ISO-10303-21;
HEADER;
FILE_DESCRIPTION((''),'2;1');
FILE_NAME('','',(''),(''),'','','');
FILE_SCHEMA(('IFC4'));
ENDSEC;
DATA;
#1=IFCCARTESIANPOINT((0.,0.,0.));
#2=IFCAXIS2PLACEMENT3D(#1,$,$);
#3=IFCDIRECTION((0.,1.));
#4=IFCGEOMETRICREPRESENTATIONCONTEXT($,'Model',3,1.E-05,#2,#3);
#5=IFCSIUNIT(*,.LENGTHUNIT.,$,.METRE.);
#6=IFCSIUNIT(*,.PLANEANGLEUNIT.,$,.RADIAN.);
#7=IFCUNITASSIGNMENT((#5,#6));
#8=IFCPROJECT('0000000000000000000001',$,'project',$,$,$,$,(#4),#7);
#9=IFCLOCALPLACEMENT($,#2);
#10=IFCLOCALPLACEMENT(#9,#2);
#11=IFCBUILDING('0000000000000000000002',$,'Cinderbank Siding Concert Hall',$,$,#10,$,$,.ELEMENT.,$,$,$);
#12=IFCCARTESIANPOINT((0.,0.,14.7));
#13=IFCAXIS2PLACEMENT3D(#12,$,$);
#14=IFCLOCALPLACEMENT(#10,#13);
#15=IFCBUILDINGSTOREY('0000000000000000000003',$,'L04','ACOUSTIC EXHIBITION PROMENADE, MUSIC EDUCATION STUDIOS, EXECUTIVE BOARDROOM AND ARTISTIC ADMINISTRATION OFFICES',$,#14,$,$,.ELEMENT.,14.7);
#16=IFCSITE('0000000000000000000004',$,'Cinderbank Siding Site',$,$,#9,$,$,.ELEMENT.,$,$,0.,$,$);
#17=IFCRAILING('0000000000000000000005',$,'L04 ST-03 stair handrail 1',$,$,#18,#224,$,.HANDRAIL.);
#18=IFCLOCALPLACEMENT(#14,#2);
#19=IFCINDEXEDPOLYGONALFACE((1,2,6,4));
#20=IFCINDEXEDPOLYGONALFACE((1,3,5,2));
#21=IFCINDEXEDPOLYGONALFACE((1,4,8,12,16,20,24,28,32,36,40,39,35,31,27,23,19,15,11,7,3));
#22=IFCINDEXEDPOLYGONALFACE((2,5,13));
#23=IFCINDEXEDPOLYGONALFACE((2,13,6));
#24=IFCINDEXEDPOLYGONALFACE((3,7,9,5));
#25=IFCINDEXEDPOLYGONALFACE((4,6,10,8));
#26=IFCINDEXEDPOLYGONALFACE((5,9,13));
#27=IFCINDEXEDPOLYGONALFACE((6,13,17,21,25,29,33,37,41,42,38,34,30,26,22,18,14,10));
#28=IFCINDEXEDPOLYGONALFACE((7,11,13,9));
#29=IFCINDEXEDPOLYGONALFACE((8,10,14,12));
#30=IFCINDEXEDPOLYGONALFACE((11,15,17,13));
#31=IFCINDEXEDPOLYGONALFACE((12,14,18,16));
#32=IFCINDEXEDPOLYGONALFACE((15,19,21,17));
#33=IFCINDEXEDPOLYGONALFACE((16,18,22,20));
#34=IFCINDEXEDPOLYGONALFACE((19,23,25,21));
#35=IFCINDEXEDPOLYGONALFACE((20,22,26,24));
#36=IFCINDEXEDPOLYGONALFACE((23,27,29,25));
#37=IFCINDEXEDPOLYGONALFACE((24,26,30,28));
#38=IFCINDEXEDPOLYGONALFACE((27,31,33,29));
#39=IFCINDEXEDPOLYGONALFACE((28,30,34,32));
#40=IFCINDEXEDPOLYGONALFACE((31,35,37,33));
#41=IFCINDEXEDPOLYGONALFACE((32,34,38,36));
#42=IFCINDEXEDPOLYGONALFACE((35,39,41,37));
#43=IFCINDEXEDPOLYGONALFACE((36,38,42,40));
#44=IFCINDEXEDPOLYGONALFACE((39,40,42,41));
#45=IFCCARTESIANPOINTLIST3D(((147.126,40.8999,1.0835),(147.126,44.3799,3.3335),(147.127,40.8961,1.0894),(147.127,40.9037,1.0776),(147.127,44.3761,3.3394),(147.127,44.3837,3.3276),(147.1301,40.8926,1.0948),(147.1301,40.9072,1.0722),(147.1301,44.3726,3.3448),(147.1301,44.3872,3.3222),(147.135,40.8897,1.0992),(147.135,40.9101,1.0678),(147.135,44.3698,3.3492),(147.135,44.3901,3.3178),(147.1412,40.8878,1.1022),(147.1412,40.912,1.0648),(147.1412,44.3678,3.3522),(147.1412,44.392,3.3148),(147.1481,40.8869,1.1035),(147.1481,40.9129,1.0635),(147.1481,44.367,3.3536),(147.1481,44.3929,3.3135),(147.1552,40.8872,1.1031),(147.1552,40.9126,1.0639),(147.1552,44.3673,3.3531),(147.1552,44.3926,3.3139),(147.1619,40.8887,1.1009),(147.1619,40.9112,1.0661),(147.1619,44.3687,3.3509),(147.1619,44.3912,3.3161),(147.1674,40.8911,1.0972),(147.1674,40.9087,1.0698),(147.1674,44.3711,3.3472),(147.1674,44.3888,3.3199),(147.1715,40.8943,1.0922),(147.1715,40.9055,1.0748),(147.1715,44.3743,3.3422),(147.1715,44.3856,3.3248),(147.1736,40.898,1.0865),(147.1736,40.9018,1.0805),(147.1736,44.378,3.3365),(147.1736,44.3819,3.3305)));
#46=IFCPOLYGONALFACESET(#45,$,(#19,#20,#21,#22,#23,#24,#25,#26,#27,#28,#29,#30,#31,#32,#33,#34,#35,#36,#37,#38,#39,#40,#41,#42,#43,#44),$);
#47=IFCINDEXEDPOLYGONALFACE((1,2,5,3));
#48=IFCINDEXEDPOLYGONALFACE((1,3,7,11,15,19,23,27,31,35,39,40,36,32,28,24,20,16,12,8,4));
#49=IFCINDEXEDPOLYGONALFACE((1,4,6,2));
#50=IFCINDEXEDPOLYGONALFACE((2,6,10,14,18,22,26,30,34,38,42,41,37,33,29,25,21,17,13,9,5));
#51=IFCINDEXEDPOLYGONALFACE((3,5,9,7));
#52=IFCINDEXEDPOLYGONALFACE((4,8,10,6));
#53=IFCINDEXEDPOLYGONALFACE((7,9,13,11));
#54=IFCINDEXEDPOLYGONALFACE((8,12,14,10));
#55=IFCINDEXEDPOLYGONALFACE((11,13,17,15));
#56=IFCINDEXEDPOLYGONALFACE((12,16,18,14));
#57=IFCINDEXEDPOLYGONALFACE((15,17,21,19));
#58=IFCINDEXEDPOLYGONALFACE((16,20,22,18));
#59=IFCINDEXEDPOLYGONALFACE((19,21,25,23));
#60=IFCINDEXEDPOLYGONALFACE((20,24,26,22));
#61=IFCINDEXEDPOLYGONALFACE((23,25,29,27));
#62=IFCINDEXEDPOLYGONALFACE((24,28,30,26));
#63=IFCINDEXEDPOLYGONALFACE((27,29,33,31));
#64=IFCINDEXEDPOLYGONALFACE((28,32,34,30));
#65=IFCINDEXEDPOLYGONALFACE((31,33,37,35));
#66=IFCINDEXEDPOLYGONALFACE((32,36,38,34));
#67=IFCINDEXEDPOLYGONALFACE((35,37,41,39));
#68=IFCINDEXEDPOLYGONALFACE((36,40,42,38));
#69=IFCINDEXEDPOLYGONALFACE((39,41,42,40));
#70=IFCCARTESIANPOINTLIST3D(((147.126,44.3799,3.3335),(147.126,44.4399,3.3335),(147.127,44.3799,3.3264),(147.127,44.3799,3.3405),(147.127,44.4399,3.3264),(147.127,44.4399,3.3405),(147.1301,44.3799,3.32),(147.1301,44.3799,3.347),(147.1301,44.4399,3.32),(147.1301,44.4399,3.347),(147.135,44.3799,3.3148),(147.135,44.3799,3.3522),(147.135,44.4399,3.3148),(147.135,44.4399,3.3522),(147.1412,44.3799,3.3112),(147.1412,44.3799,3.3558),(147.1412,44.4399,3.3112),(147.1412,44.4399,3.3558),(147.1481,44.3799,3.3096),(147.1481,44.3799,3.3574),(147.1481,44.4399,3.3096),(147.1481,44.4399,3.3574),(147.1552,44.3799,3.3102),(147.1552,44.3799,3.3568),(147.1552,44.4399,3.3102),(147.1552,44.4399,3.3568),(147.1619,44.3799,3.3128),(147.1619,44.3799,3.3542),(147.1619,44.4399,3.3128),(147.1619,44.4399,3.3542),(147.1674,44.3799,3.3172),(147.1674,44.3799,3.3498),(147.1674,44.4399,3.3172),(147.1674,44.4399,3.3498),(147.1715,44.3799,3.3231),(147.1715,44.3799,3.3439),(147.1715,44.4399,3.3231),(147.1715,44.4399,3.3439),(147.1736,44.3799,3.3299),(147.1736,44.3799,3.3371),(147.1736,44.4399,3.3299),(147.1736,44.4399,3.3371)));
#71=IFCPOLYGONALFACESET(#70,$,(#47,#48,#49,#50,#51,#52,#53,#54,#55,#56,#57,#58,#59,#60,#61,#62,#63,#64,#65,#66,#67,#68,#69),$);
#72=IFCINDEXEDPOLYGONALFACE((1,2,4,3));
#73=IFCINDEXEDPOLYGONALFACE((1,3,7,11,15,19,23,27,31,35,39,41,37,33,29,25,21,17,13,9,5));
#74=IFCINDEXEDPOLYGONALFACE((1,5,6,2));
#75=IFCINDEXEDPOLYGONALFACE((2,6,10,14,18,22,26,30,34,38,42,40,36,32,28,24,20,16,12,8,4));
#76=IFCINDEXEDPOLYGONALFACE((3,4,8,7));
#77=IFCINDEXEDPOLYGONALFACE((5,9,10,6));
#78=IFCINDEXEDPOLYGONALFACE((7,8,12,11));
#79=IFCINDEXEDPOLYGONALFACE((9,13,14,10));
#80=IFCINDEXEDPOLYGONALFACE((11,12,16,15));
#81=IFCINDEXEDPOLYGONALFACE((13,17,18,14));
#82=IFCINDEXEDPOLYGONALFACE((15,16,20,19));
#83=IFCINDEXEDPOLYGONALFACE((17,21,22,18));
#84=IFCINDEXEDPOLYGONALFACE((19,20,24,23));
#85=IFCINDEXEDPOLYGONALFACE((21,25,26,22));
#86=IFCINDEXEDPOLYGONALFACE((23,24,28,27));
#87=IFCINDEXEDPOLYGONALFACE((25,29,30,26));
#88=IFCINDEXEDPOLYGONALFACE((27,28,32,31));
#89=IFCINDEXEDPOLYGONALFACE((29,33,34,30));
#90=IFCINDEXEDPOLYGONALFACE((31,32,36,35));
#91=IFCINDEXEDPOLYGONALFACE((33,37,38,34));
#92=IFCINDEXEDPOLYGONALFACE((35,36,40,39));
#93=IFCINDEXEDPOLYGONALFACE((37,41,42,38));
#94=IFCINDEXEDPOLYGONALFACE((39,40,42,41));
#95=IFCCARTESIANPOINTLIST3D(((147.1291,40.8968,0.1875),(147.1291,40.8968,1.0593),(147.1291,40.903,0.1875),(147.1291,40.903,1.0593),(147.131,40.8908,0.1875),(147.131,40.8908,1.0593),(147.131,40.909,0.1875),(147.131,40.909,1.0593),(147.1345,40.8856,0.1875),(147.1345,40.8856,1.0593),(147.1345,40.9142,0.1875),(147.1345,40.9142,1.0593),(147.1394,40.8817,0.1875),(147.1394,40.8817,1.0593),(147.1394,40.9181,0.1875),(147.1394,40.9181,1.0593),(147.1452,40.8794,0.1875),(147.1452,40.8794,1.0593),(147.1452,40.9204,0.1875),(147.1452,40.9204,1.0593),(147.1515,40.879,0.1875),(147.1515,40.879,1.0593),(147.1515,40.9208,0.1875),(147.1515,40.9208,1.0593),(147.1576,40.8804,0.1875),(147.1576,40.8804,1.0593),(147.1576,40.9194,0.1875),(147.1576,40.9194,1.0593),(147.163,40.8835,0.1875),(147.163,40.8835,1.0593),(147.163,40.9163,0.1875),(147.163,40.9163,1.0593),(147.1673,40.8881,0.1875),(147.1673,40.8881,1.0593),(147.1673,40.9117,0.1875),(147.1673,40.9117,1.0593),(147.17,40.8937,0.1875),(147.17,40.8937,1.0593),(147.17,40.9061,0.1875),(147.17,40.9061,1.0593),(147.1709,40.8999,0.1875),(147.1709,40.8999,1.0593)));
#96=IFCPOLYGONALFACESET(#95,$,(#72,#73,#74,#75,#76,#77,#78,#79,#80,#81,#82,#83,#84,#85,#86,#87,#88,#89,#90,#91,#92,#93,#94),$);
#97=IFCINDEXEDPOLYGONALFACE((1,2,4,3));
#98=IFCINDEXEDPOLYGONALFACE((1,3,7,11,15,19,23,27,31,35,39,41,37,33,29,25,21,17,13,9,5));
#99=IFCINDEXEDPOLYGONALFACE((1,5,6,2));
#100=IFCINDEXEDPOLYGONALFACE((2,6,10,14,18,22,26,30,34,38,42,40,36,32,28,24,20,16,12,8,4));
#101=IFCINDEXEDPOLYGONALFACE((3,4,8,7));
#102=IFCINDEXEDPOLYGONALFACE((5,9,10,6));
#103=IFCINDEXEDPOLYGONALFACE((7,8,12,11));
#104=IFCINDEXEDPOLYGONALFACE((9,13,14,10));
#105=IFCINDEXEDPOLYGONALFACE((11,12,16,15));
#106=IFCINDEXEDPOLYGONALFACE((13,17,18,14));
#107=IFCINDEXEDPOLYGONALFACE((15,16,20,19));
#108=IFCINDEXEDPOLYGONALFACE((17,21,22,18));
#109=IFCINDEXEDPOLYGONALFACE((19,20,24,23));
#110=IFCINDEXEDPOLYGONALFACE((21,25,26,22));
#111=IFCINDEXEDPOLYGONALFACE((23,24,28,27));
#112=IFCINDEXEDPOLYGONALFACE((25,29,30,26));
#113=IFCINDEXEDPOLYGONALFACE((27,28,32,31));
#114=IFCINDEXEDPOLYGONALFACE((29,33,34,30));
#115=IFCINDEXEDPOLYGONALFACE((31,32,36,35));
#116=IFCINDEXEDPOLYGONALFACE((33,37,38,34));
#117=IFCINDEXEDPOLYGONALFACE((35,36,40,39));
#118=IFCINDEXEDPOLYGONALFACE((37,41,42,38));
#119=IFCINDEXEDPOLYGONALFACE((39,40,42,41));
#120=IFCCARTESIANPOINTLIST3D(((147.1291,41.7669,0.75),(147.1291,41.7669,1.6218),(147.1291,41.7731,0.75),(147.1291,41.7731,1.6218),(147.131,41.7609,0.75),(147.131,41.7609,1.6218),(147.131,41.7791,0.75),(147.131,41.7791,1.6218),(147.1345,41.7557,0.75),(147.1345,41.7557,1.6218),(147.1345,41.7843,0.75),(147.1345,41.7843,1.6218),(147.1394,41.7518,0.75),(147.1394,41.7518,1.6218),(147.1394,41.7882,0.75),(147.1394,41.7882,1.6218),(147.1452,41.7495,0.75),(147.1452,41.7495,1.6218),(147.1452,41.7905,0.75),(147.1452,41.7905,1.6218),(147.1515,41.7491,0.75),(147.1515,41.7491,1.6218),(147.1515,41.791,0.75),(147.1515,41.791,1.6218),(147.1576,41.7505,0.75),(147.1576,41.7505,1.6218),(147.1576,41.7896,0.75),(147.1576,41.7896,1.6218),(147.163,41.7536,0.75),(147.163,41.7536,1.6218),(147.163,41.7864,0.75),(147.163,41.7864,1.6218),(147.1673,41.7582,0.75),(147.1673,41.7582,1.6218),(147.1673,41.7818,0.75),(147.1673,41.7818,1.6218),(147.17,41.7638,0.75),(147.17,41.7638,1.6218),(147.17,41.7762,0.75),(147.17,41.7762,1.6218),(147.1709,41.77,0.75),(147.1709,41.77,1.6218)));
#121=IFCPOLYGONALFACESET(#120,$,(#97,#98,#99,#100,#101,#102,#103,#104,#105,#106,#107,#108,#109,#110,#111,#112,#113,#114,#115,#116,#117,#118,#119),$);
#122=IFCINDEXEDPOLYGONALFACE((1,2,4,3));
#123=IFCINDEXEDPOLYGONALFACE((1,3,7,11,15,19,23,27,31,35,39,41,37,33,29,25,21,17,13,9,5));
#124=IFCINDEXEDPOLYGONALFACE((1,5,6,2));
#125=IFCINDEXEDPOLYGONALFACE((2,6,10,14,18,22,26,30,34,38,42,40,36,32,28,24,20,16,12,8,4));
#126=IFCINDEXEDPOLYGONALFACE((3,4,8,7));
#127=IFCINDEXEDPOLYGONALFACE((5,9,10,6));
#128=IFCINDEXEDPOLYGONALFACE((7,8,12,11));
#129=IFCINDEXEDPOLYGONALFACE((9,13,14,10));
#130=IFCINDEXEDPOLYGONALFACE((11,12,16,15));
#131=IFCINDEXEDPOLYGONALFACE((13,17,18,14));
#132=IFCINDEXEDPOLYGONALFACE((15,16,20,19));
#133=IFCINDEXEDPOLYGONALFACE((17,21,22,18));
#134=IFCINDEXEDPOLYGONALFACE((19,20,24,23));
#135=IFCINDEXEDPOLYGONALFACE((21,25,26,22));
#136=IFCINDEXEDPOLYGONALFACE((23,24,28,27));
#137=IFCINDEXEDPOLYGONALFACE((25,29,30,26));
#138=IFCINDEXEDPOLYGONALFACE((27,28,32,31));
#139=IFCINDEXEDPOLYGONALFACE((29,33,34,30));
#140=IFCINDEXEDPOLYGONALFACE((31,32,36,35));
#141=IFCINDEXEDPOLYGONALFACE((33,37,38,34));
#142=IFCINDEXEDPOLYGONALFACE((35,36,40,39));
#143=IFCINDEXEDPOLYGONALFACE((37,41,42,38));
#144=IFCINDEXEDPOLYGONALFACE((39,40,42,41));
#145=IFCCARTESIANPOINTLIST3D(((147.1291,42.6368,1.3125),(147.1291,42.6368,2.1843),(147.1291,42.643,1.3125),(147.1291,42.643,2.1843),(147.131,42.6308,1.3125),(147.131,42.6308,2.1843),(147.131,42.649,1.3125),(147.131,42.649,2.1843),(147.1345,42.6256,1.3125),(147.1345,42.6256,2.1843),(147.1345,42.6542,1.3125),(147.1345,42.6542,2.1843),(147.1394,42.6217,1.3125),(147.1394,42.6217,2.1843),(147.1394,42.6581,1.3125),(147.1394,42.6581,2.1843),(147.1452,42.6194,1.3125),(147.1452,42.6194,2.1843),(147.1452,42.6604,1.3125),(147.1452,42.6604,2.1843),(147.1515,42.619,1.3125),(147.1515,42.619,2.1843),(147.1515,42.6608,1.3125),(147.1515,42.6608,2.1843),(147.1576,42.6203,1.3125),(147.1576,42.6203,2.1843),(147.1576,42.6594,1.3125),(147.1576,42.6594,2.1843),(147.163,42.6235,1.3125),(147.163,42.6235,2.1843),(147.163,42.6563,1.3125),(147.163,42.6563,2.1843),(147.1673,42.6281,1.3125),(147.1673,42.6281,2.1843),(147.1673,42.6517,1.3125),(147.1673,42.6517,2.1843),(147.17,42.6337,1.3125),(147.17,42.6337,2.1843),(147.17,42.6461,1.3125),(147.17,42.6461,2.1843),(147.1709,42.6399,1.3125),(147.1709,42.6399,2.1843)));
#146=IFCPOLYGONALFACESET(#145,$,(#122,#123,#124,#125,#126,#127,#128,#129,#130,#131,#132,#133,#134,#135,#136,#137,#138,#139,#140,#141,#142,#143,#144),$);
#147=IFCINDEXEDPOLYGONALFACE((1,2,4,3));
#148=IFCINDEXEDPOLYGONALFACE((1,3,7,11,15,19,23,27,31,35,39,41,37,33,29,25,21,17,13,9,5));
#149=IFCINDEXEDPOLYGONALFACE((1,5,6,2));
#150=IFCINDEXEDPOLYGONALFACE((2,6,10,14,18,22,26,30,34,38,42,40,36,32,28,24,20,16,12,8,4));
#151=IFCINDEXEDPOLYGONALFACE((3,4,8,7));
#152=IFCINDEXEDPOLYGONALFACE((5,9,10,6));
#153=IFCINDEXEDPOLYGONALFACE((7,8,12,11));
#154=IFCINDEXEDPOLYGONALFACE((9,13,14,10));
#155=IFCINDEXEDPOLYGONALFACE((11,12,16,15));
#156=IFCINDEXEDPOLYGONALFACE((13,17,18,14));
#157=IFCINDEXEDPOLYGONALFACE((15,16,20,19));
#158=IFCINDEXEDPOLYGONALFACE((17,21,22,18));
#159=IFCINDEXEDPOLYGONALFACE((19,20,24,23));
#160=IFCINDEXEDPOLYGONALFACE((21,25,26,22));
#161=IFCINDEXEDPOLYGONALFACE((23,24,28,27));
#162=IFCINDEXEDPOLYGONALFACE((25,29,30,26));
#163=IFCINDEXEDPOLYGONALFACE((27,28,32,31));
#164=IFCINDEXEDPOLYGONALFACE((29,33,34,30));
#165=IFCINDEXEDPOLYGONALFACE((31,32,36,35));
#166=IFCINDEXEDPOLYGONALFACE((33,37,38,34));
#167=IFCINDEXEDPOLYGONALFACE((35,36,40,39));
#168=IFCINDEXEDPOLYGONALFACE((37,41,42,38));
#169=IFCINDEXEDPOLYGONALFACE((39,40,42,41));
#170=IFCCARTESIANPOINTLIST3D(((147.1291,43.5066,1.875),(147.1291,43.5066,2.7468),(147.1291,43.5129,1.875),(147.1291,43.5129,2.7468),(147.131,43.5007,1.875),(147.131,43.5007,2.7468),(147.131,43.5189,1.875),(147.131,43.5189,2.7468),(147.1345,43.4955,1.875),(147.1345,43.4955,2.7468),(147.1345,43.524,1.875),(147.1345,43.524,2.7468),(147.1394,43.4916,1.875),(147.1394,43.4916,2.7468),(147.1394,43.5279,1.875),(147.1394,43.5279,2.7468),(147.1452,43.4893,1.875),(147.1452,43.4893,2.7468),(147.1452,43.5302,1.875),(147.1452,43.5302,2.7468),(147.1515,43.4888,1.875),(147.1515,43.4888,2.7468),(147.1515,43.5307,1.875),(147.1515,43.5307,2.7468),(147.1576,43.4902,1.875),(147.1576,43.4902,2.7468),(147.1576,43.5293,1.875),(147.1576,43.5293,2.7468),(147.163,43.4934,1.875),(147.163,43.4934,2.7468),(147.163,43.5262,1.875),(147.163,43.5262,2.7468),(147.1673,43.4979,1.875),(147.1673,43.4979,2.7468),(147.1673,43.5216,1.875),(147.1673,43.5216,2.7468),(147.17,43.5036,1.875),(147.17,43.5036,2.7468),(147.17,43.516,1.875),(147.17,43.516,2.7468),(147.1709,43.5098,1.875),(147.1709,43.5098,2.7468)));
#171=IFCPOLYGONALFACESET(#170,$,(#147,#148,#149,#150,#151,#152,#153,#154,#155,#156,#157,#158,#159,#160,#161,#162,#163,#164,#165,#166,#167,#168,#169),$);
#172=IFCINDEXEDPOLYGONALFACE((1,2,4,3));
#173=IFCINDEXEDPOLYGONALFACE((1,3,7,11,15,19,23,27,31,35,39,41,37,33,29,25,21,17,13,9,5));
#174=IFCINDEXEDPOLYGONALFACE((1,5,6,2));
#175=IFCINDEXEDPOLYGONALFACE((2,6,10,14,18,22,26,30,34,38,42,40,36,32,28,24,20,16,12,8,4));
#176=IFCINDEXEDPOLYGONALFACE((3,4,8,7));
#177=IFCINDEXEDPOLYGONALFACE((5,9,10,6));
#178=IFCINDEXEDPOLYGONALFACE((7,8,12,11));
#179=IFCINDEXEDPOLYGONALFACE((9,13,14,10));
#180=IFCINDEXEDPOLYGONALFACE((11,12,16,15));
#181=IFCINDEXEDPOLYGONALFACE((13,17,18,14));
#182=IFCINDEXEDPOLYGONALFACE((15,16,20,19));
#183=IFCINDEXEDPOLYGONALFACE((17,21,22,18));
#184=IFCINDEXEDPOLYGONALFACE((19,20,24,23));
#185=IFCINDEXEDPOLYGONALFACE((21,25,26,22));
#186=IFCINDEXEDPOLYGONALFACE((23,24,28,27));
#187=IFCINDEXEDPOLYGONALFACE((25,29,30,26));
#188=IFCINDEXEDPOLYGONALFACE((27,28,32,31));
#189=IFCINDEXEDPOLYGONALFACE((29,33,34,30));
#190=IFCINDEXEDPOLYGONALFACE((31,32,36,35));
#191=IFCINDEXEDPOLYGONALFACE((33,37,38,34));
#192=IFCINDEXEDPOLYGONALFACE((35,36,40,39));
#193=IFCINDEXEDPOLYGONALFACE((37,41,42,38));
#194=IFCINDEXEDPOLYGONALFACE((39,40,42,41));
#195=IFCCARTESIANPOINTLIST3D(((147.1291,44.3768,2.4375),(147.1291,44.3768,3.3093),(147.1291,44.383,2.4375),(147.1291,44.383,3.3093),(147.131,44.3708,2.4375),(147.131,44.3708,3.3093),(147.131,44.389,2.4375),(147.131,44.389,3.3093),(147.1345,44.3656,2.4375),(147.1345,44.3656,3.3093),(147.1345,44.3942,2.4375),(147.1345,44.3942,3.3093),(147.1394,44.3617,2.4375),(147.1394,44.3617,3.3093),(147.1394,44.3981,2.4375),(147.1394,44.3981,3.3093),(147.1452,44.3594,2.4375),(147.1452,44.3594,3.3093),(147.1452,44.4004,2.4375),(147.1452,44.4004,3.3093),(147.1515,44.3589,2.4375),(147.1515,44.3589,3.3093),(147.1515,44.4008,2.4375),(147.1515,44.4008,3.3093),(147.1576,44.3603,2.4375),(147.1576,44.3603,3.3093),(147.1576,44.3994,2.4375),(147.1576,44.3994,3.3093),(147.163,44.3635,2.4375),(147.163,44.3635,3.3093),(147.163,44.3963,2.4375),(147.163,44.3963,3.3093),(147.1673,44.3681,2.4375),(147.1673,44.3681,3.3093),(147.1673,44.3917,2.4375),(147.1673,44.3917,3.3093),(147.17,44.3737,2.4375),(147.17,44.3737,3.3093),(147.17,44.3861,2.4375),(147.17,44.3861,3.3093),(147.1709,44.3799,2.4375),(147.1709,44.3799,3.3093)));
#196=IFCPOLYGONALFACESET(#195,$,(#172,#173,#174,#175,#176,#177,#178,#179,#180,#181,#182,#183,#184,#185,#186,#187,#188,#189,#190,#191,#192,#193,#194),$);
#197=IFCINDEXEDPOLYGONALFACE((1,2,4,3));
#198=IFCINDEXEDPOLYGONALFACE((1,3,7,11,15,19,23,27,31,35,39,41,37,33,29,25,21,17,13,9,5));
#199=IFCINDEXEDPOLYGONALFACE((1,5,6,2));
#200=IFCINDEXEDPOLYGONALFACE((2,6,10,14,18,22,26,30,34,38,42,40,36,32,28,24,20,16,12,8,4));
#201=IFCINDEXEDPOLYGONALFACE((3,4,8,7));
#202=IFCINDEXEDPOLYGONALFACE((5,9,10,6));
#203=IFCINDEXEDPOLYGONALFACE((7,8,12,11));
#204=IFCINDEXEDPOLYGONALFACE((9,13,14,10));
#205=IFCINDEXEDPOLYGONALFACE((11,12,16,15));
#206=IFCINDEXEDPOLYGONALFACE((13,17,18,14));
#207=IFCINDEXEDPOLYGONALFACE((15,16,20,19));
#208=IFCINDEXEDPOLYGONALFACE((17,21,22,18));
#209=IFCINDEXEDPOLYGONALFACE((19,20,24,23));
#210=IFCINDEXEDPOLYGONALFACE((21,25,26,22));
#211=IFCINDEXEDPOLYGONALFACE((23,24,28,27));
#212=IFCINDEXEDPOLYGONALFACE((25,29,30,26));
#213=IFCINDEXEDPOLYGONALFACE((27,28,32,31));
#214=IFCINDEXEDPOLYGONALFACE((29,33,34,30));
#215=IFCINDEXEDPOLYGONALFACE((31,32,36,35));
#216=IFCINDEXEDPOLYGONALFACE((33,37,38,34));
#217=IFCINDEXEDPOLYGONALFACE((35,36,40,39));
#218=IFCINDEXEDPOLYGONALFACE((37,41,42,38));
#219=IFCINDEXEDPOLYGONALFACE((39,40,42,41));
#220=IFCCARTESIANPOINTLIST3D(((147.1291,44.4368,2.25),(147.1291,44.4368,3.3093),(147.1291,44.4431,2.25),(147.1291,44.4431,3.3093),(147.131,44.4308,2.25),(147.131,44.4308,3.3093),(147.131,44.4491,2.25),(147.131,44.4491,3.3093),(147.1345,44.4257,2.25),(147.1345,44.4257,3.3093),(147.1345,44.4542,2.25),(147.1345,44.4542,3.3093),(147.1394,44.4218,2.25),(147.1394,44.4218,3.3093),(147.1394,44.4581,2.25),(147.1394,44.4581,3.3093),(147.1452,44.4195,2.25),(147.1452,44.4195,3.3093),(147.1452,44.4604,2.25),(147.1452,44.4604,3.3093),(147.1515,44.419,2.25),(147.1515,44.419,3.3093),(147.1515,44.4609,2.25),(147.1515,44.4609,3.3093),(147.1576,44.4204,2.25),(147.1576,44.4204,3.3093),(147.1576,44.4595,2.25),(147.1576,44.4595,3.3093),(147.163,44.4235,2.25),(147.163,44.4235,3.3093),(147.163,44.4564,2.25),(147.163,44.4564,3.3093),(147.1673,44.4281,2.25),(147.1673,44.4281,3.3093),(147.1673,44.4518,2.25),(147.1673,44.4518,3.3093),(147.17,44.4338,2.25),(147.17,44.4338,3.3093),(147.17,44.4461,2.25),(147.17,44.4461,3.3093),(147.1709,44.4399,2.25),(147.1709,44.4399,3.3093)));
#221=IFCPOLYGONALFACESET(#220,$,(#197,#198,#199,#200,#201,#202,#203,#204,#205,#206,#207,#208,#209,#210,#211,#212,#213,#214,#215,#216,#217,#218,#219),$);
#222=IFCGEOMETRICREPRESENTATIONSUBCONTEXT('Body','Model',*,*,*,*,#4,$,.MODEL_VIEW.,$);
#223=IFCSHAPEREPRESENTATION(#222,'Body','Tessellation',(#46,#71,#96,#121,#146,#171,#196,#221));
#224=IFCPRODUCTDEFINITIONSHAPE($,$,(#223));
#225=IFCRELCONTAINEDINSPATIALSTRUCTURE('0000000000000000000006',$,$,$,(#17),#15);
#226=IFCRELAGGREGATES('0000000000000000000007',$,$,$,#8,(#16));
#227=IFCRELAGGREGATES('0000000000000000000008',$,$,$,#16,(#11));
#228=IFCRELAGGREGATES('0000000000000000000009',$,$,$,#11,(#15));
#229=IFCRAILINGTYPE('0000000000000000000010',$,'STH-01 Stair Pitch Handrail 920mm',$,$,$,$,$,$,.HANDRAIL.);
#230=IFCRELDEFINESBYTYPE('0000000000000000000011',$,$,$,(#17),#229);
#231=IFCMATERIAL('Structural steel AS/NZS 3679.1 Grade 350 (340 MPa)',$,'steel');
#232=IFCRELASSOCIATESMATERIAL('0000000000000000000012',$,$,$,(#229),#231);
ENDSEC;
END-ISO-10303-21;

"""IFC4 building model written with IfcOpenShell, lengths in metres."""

from ifc_helpers import new_model, si_unit, direction, frame, origin, origin_2d, place, context, subcontext, project, spatial, circle, extrude, material, type_object, element, save


model = new_model("IFC4")

# Units and contexts
model_context = context("Model", 3, precision=1e-05, world=origin(), true_north=direction((0.0, 1.0)))
body_context = subcontext(model_context, "Body", "Model", "MODEL_VIEW")
ifc_project = project(units=[si_unit("LENGTHUNIT", "METRE"), si_unit("PLANEANGLEUNIT", "RADIAN")], contexts=[model_context])

# Site, building, storey
site_placement = place(None, origin())
site = spatial("IfcSite", under=ifc_project, at=site_placement, Name="Cinderbank Siding Site", CompositionType="ELEMENT", RefElevation=0.0)
building_placement = place(site_placement, origin())
building = spatial("IfcBuilding", under=site, at=building_placement, Name="Cinderbank Siding Concert Hall", CompositionType="ELEMENT")
storey_placement = place(building_placement, frame((0.0, 0.0, 14.7)))
storey = spatial("IfcBuildingStorey", under=building, at=storey_placement, Name="L04", Description="ACOUSTIC EXHIBITION PROMENADE, MUSIC EDUCATION STUDIOS, EXECUTIVE BOARDROOM AND ARTISTIC ADMINISTRATION OFFICES", CompositionType="ELEMENT", Elevation=14.7)

# Shared definitions
ifc_material_1 = material(Name="Structural steel AS/NZS 3679.1 Grade 350 (340 MPa)", Category="steel")

# Railing
railing_type = type_object("IfcRailingType", Name="STH-01 Stair Pitch Handrail 920mm", PredefinedType="HANDRAIL", material=ifc_material_1)
railing_placement = place(storey_placement, frame((147.1499, 40.8999, 0.1875)))
element("IfcRailing", 1, at=railing_placement, inside=storey, type_object=railing_type, Name="L04 ST-03 stair handrail 1", PredefinedType="HANDRAIL", context=body_context, shape_type="SweptSolid", body=[
    extrude(circle(Radius=0.0239, at=origin_2d()), frame((0.0, 0.0, 0.896), z_axis=(0.0, 0.839763, 0.542953), x_axis=(-1.0, 0.0, 0.0)), (0.0, 0.0, 1.0), 4.144),
    extrude(circle(Radius=0.0239, at=origin_2d()), frame((0.0, 3.48, 3.146), z_axis=(0.0, 1.0, 0.0), x_axis=(-1.0, 0.0, 0.0)), (0.0, 0.0, 1.0), 0.0601),
    extrude(circle(Radius=0.021, at=origin_2d()), origin(), (0.0, 0.0, 1.0), 0.8718),
    extrude(circle(Radius=0.021, at=origin_2d()), frame((0.0, 0.8701, 0.5625)), (0.0, 0.0, 1.0), 0.8718),
    extrude(circle(Radius=0.021, at=origin_2d()), frame((0.0, 1.74, 1.125)), (0.0, 0.0, 1.0), 0.8718),
    extrude(circle(Radius=0.021, at=origin_2d()), frame((0.0, 2.6099, 1.6875)), (0.0, 0.0, 1.0), 0.8718),
    extrude(circle(Radius=0.021, at=origin_2d()), frame((0.0, 3.48, 2.25)), (0.0, 0.0, 1.0), 0.8718),
    extrude(circle(Radius=0.021, at=origin_2d()), frame((0.0, 3.54, 2.0625)), (0.0, 0.0, 1.0), 1.0593),
])

save(model, "model.ifc")
